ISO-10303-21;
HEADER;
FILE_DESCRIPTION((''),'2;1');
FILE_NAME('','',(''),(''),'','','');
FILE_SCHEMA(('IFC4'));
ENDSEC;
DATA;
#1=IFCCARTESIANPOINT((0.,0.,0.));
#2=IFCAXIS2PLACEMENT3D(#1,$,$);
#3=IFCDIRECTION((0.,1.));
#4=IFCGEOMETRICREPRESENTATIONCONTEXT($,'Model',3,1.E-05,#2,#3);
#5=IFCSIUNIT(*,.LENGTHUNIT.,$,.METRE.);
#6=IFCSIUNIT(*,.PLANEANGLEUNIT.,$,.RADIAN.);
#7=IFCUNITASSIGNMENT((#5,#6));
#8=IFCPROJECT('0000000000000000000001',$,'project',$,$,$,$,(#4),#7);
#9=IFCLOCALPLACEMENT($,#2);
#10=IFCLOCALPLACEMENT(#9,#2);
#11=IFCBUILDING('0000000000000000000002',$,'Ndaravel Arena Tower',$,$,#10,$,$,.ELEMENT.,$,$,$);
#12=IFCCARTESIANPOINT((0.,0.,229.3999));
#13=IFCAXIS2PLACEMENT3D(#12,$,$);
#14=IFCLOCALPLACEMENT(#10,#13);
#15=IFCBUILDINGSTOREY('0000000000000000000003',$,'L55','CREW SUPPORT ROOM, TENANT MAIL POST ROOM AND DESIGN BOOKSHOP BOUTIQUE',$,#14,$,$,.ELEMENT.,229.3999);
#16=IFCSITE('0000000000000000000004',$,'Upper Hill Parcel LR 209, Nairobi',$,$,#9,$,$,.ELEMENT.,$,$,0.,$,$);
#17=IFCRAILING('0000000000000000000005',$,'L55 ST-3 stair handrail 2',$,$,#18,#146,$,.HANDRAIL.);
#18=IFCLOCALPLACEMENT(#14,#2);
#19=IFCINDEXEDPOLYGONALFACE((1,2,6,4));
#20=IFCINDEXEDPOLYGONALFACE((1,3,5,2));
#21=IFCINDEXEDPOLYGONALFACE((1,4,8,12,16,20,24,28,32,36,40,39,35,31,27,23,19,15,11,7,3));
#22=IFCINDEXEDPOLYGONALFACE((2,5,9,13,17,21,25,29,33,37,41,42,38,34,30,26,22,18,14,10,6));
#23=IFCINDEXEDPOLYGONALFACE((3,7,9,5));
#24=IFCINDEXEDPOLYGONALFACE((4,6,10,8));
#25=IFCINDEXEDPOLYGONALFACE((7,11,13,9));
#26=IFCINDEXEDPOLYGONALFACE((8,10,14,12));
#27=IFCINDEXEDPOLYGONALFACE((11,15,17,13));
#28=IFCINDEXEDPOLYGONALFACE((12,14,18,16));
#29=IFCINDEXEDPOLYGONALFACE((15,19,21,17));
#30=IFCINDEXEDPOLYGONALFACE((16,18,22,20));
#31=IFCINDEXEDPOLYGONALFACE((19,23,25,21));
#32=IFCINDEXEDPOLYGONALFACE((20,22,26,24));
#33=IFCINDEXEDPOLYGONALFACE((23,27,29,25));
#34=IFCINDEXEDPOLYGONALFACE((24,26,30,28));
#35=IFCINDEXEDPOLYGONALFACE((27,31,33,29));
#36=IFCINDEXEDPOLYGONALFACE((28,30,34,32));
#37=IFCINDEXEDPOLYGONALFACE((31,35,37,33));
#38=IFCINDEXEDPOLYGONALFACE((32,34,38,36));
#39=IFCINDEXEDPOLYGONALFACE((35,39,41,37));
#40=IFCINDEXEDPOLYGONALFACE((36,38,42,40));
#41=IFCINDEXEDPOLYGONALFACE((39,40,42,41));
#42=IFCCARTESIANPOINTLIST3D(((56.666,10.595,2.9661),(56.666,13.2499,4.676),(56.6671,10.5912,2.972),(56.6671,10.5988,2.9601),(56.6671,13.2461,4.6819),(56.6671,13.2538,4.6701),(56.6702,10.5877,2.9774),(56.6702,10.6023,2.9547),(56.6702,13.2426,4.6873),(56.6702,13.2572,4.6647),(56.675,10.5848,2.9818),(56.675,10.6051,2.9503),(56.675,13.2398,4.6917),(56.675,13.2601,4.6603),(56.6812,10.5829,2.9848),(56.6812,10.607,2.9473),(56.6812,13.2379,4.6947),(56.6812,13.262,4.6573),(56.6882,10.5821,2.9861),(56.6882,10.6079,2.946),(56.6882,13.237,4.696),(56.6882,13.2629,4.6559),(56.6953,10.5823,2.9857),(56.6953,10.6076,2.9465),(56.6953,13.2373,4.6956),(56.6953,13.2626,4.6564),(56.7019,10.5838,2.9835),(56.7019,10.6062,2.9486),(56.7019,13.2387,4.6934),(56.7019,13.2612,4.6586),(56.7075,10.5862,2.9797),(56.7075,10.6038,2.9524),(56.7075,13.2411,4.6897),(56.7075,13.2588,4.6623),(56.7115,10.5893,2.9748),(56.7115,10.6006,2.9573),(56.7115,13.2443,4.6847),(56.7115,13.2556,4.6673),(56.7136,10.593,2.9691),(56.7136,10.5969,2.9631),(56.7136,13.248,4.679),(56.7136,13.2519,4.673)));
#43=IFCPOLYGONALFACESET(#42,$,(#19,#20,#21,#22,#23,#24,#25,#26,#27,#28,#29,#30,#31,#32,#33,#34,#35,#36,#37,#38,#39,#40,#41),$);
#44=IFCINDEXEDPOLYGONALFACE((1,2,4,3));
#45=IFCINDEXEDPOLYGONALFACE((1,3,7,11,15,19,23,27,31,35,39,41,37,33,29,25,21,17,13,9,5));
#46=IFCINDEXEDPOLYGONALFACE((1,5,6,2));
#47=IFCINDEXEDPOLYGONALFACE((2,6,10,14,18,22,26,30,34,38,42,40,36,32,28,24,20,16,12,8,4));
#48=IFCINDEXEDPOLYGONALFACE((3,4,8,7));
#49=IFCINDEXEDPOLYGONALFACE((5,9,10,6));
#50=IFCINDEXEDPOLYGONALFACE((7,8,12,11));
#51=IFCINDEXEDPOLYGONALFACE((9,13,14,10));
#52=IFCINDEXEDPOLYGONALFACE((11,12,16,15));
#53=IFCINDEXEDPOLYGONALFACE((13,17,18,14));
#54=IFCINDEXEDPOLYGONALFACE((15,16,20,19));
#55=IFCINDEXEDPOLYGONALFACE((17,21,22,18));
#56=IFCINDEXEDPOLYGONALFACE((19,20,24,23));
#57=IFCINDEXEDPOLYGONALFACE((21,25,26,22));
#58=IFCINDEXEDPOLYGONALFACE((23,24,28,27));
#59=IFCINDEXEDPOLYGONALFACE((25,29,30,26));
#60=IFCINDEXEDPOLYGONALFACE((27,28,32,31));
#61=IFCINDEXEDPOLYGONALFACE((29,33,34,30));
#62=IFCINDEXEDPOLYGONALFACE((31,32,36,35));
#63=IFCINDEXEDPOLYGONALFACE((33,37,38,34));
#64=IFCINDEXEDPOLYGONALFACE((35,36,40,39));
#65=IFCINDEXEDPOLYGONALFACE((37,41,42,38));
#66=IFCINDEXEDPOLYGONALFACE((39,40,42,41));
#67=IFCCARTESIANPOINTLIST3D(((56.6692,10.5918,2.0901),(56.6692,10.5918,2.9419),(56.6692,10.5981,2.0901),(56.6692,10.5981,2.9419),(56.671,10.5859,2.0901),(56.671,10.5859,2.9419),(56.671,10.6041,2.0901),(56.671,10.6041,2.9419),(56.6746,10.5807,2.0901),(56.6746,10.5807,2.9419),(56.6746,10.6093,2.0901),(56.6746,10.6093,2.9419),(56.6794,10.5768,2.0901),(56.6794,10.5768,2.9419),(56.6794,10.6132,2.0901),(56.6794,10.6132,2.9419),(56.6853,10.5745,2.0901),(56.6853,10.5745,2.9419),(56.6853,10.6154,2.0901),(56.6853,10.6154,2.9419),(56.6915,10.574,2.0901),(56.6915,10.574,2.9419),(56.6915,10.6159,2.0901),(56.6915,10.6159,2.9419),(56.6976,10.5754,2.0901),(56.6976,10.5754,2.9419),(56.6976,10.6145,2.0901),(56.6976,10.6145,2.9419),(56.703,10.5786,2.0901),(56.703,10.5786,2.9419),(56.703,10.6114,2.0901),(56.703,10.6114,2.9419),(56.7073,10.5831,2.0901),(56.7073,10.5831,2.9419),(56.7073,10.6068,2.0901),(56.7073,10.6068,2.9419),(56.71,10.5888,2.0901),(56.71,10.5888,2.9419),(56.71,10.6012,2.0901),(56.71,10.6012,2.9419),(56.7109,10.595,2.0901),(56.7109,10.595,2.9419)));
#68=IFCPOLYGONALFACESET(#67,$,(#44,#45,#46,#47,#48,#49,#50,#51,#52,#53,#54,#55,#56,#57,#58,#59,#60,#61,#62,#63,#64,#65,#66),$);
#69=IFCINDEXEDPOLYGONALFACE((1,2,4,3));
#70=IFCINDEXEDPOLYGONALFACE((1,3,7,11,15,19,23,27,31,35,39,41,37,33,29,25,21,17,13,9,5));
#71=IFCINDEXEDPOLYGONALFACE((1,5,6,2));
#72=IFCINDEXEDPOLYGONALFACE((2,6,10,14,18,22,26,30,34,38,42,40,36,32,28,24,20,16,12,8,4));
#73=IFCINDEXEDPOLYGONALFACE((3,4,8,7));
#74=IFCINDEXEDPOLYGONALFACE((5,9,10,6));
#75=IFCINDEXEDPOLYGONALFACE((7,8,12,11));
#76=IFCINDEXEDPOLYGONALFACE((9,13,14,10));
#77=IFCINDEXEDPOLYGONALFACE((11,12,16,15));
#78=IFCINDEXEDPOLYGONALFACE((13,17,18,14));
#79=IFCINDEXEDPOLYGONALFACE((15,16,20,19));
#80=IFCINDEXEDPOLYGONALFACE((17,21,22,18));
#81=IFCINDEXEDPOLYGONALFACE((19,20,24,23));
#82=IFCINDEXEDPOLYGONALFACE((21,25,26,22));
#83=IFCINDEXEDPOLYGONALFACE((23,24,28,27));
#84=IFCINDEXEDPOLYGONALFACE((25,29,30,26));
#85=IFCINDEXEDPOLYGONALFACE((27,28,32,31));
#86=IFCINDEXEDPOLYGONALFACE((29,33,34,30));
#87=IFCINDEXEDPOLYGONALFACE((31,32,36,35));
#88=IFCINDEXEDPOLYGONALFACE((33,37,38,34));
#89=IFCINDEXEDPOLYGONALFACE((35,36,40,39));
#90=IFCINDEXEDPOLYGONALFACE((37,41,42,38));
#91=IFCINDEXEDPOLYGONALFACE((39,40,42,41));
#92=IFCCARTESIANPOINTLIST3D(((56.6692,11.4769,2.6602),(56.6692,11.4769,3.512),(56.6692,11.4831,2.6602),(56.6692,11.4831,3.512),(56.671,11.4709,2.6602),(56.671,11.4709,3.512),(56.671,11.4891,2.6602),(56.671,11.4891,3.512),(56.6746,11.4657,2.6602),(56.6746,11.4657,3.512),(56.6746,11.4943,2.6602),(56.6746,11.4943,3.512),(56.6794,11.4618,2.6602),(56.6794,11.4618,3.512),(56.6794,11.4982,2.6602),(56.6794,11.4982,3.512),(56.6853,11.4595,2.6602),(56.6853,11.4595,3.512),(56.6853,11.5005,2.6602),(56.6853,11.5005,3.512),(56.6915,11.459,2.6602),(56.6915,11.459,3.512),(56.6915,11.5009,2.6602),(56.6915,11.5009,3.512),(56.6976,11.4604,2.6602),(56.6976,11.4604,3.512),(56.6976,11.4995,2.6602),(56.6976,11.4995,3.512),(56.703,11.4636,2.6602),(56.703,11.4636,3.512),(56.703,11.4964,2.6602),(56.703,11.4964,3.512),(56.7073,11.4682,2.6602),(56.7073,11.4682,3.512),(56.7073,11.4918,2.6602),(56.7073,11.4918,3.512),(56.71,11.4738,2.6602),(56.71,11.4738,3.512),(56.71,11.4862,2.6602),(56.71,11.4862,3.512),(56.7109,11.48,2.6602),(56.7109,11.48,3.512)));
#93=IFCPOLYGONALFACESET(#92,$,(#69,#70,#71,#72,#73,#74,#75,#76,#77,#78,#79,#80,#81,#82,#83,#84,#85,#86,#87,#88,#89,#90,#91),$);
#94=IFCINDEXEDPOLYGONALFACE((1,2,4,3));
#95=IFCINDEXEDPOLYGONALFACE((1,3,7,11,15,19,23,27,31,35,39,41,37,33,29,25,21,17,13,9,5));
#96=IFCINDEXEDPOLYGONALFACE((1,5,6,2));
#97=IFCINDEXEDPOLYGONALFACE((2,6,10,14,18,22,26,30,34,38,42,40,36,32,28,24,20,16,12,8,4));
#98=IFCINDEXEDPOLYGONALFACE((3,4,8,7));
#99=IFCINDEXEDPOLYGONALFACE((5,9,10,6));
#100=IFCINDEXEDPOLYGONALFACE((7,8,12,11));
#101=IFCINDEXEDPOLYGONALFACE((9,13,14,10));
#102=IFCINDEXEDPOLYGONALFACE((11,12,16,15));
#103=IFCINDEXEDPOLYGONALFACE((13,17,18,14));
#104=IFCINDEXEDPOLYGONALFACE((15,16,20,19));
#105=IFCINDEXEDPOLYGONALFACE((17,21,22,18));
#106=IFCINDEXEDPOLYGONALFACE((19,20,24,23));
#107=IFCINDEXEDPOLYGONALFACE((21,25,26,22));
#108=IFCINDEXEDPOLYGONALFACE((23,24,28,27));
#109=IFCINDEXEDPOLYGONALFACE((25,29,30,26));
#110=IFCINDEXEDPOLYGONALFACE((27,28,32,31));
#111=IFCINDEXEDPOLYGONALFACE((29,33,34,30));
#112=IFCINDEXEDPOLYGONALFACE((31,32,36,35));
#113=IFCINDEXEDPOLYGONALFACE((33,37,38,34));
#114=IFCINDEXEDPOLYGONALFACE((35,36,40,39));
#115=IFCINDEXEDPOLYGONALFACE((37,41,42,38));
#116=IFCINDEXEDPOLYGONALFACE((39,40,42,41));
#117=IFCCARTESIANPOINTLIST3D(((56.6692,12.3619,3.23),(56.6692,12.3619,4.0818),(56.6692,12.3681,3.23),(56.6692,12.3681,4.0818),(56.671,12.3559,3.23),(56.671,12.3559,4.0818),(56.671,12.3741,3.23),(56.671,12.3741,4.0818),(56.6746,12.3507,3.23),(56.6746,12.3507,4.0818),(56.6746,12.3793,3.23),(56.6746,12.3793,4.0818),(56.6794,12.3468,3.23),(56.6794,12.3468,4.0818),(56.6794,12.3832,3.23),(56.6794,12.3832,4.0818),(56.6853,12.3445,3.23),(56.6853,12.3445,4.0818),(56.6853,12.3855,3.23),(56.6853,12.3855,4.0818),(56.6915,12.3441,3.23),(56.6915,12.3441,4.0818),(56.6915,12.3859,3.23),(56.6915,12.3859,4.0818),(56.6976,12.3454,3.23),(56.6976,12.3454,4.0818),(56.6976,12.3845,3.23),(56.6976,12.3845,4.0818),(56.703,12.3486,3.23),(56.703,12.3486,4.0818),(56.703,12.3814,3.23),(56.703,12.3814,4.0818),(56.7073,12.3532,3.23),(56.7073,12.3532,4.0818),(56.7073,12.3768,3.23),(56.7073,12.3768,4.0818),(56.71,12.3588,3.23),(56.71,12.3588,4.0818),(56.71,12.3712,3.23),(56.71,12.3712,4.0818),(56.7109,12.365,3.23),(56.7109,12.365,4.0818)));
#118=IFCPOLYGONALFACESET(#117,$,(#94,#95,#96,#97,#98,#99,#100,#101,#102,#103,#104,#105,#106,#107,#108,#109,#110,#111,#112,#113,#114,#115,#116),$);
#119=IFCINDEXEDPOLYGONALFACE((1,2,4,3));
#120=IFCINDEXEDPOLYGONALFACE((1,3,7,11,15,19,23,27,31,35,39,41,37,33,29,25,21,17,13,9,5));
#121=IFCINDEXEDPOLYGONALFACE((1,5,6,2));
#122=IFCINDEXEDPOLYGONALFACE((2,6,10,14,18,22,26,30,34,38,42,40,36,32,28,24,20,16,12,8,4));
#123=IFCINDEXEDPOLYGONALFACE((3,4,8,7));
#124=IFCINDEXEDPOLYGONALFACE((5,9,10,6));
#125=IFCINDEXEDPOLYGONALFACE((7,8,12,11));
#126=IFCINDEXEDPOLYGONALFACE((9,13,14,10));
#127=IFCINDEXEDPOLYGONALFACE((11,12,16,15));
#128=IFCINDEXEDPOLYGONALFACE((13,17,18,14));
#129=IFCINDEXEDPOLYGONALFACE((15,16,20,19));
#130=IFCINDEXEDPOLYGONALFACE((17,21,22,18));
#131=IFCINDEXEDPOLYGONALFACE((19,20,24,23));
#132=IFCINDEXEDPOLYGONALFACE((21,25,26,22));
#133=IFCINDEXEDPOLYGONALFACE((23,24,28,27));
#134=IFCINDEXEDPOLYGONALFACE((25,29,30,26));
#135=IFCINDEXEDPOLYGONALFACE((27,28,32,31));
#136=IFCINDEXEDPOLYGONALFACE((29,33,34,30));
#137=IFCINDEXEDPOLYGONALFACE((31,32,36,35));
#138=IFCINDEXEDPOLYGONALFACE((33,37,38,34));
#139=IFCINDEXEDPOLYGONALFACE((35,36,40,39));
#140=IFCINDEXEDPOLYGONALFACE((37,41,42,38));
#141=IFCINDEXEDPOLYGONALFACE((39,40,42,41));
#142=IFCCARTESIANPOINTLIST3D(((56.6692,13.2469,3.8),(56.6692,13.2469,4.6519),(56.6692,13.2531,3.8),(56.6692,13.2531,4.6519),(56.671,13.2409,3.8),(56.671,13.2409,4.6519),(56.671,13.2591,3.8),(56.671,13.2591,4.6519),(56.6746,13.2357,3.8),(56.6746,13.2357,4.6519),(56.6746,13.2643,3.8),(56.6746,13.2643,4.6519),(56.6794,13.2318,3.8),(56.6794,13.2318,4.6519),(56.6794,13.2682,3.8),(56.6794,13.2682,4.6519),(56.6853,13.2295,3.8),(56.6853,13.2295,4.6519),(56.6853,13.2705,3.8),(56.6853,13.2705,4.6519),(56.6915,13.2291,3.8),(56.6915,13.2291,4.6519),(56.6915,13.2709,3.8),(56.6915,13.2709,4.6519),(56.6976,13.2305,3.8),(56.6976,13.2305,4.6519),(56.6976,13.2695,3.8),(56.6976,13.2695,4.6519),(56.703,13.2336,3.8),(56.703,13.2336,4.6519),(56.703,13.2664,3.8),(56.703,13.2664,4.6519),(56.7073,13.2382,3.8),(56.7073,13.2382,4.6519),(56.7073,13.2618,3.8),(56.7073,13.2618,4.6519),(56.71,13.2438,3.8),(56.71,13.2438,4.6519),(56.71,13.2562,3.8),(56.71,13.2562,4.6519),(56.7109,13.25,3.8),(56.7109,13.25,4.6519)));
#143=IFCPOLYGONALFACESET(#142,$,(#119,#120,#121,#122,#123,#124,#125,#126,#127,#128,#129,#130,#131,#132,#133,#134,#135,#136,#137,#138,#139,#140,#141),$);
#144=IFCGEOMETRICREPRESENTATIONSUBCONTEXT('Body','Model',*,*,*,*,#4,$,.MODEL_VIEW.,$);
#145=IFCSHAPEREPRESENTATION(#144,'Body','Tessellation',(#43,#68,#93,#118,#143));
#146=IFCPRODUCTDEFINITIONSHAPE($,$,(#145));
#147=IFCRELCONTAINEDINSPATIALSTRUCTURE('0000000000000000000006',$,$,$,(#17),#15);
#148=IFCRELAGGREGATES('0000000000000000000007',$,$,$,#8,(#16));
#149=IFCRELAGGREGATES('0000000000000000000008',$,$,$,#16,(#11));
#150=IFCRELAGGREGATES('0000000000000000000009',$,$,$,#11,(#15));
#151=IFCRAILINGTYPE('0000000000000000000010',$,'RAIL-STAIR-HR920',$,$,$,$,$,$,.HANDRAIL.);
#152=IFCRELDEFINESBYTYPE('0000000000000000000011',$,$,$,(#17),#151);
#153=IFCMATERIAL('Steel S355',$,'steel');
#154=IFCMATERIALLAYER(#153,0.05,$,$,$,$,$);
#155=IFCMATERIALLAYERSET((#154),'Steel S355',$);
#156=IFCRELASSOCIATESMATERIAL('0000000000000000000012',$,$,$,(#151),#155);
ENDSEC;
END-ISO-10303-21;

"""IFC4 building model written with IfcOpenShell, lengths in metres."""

from ifc_helpers import new_model, si_unit, direction, frame, origin, origin_2d, place, context, subcontext, project, spatial, circle, extrude, material, layer, layer_set, type_object, element, save


model = new_model("IFC4")

# Units and contexts
model_context = context("Model", 3, precision=1e-05, world=origin(), true_north=direction((0.0, 1.0)))
body_context = subcontext(model_context, "Body", "Model", "MODEL_VIEW")
ifc_project = project(units=[si_unit("LENGTHUNIT", "METRE"), si_unit("PLANEANGLEUNIT", "RADIAN")], contexts=[model_context])

# Site, building, storey
site_placement = place(None, origin())
site = spatial("IfcSite", under=ifc_project, at=site_placement, Name="Upper Hill Parcel LR 209, Nairobi", CompositionType="ELEMENT", RefElevation=0.0)
building_placement = place(site_placement, origin())
building = spatial("IfcBuilding", under=site, at=building_placement, Name="Ndaravel Arena Tower", CompositionType="ELEMENT")
storey_placement = place(building_placement, frame((0.0, 0.0, 229.3999)))
storey = spatial("IfcBuildingStorey", under=building, at=storey_placement, Name="L55", Description="CREW SUPPORT ROOM, TENANT MAIL POST ROOM AND DESIGN BOOKSHOP BOUTIQUE", CompositionType="ELEMENT", Elevation=229.3999)

# Railing
ifc_material_1 = material(Name="Steel S355", Category="steel")
ifc_layer_1 = layer(ifc_material_1, 0.05)
ifc_layer_set_1 = layer_set([ifc_layer_1], Name="Steel S355")
railing_type_1 = type_object("IfcRailingType", Name="RAIL-STAIR-HR920", PredefinedType="HANDRAIL", material=ifc_layer_set_1)
railing_1_placement = place(storey_placement, frame((56.6899, 10.595, 2.0901)))
element("IfcRailing", 1, at=railing_1_placement, inside=storey, type_object=railing_type_1, Name="L55 ST-3 stair handrail 2", PredefinedType="HANDRAIL", context=body_context, shape_type="SweptSolid", body=[
    extrude(circle(Radius=0.0239, at=origin_2d()), frame((0.0, 0.0, 0.876), z_axis=(0.0, 0.840724, 0.541465), x_axis=(-1.0, 0.0, 0.0)), (0.0, 0.0, 1.0), 3.158),
    extrude(circle(Radius=0.021, at=origin_2d()), origin(), (0.0, 0.0, 1.0), 0.8518),
    extrude(circle(Radius=0.021, at=origin_2d()), frame((0.0, 0.885, 0.5701)), (0.0, 0.0, 1.0), 0.8518),
    extrude(circle(Radius=0.021, at=origin_2d()), frame((0.0, 1.77, 1.1399)), (0.0, 0.0, 1.0), 0.8518),
    extrude(circle(Radius=0.021, at=origin_2d()), frame((0.0, 2.655, 1.71)), (0.0, 0.0, 1.0), 0.8518),
])

save(model, "model.ifc")
